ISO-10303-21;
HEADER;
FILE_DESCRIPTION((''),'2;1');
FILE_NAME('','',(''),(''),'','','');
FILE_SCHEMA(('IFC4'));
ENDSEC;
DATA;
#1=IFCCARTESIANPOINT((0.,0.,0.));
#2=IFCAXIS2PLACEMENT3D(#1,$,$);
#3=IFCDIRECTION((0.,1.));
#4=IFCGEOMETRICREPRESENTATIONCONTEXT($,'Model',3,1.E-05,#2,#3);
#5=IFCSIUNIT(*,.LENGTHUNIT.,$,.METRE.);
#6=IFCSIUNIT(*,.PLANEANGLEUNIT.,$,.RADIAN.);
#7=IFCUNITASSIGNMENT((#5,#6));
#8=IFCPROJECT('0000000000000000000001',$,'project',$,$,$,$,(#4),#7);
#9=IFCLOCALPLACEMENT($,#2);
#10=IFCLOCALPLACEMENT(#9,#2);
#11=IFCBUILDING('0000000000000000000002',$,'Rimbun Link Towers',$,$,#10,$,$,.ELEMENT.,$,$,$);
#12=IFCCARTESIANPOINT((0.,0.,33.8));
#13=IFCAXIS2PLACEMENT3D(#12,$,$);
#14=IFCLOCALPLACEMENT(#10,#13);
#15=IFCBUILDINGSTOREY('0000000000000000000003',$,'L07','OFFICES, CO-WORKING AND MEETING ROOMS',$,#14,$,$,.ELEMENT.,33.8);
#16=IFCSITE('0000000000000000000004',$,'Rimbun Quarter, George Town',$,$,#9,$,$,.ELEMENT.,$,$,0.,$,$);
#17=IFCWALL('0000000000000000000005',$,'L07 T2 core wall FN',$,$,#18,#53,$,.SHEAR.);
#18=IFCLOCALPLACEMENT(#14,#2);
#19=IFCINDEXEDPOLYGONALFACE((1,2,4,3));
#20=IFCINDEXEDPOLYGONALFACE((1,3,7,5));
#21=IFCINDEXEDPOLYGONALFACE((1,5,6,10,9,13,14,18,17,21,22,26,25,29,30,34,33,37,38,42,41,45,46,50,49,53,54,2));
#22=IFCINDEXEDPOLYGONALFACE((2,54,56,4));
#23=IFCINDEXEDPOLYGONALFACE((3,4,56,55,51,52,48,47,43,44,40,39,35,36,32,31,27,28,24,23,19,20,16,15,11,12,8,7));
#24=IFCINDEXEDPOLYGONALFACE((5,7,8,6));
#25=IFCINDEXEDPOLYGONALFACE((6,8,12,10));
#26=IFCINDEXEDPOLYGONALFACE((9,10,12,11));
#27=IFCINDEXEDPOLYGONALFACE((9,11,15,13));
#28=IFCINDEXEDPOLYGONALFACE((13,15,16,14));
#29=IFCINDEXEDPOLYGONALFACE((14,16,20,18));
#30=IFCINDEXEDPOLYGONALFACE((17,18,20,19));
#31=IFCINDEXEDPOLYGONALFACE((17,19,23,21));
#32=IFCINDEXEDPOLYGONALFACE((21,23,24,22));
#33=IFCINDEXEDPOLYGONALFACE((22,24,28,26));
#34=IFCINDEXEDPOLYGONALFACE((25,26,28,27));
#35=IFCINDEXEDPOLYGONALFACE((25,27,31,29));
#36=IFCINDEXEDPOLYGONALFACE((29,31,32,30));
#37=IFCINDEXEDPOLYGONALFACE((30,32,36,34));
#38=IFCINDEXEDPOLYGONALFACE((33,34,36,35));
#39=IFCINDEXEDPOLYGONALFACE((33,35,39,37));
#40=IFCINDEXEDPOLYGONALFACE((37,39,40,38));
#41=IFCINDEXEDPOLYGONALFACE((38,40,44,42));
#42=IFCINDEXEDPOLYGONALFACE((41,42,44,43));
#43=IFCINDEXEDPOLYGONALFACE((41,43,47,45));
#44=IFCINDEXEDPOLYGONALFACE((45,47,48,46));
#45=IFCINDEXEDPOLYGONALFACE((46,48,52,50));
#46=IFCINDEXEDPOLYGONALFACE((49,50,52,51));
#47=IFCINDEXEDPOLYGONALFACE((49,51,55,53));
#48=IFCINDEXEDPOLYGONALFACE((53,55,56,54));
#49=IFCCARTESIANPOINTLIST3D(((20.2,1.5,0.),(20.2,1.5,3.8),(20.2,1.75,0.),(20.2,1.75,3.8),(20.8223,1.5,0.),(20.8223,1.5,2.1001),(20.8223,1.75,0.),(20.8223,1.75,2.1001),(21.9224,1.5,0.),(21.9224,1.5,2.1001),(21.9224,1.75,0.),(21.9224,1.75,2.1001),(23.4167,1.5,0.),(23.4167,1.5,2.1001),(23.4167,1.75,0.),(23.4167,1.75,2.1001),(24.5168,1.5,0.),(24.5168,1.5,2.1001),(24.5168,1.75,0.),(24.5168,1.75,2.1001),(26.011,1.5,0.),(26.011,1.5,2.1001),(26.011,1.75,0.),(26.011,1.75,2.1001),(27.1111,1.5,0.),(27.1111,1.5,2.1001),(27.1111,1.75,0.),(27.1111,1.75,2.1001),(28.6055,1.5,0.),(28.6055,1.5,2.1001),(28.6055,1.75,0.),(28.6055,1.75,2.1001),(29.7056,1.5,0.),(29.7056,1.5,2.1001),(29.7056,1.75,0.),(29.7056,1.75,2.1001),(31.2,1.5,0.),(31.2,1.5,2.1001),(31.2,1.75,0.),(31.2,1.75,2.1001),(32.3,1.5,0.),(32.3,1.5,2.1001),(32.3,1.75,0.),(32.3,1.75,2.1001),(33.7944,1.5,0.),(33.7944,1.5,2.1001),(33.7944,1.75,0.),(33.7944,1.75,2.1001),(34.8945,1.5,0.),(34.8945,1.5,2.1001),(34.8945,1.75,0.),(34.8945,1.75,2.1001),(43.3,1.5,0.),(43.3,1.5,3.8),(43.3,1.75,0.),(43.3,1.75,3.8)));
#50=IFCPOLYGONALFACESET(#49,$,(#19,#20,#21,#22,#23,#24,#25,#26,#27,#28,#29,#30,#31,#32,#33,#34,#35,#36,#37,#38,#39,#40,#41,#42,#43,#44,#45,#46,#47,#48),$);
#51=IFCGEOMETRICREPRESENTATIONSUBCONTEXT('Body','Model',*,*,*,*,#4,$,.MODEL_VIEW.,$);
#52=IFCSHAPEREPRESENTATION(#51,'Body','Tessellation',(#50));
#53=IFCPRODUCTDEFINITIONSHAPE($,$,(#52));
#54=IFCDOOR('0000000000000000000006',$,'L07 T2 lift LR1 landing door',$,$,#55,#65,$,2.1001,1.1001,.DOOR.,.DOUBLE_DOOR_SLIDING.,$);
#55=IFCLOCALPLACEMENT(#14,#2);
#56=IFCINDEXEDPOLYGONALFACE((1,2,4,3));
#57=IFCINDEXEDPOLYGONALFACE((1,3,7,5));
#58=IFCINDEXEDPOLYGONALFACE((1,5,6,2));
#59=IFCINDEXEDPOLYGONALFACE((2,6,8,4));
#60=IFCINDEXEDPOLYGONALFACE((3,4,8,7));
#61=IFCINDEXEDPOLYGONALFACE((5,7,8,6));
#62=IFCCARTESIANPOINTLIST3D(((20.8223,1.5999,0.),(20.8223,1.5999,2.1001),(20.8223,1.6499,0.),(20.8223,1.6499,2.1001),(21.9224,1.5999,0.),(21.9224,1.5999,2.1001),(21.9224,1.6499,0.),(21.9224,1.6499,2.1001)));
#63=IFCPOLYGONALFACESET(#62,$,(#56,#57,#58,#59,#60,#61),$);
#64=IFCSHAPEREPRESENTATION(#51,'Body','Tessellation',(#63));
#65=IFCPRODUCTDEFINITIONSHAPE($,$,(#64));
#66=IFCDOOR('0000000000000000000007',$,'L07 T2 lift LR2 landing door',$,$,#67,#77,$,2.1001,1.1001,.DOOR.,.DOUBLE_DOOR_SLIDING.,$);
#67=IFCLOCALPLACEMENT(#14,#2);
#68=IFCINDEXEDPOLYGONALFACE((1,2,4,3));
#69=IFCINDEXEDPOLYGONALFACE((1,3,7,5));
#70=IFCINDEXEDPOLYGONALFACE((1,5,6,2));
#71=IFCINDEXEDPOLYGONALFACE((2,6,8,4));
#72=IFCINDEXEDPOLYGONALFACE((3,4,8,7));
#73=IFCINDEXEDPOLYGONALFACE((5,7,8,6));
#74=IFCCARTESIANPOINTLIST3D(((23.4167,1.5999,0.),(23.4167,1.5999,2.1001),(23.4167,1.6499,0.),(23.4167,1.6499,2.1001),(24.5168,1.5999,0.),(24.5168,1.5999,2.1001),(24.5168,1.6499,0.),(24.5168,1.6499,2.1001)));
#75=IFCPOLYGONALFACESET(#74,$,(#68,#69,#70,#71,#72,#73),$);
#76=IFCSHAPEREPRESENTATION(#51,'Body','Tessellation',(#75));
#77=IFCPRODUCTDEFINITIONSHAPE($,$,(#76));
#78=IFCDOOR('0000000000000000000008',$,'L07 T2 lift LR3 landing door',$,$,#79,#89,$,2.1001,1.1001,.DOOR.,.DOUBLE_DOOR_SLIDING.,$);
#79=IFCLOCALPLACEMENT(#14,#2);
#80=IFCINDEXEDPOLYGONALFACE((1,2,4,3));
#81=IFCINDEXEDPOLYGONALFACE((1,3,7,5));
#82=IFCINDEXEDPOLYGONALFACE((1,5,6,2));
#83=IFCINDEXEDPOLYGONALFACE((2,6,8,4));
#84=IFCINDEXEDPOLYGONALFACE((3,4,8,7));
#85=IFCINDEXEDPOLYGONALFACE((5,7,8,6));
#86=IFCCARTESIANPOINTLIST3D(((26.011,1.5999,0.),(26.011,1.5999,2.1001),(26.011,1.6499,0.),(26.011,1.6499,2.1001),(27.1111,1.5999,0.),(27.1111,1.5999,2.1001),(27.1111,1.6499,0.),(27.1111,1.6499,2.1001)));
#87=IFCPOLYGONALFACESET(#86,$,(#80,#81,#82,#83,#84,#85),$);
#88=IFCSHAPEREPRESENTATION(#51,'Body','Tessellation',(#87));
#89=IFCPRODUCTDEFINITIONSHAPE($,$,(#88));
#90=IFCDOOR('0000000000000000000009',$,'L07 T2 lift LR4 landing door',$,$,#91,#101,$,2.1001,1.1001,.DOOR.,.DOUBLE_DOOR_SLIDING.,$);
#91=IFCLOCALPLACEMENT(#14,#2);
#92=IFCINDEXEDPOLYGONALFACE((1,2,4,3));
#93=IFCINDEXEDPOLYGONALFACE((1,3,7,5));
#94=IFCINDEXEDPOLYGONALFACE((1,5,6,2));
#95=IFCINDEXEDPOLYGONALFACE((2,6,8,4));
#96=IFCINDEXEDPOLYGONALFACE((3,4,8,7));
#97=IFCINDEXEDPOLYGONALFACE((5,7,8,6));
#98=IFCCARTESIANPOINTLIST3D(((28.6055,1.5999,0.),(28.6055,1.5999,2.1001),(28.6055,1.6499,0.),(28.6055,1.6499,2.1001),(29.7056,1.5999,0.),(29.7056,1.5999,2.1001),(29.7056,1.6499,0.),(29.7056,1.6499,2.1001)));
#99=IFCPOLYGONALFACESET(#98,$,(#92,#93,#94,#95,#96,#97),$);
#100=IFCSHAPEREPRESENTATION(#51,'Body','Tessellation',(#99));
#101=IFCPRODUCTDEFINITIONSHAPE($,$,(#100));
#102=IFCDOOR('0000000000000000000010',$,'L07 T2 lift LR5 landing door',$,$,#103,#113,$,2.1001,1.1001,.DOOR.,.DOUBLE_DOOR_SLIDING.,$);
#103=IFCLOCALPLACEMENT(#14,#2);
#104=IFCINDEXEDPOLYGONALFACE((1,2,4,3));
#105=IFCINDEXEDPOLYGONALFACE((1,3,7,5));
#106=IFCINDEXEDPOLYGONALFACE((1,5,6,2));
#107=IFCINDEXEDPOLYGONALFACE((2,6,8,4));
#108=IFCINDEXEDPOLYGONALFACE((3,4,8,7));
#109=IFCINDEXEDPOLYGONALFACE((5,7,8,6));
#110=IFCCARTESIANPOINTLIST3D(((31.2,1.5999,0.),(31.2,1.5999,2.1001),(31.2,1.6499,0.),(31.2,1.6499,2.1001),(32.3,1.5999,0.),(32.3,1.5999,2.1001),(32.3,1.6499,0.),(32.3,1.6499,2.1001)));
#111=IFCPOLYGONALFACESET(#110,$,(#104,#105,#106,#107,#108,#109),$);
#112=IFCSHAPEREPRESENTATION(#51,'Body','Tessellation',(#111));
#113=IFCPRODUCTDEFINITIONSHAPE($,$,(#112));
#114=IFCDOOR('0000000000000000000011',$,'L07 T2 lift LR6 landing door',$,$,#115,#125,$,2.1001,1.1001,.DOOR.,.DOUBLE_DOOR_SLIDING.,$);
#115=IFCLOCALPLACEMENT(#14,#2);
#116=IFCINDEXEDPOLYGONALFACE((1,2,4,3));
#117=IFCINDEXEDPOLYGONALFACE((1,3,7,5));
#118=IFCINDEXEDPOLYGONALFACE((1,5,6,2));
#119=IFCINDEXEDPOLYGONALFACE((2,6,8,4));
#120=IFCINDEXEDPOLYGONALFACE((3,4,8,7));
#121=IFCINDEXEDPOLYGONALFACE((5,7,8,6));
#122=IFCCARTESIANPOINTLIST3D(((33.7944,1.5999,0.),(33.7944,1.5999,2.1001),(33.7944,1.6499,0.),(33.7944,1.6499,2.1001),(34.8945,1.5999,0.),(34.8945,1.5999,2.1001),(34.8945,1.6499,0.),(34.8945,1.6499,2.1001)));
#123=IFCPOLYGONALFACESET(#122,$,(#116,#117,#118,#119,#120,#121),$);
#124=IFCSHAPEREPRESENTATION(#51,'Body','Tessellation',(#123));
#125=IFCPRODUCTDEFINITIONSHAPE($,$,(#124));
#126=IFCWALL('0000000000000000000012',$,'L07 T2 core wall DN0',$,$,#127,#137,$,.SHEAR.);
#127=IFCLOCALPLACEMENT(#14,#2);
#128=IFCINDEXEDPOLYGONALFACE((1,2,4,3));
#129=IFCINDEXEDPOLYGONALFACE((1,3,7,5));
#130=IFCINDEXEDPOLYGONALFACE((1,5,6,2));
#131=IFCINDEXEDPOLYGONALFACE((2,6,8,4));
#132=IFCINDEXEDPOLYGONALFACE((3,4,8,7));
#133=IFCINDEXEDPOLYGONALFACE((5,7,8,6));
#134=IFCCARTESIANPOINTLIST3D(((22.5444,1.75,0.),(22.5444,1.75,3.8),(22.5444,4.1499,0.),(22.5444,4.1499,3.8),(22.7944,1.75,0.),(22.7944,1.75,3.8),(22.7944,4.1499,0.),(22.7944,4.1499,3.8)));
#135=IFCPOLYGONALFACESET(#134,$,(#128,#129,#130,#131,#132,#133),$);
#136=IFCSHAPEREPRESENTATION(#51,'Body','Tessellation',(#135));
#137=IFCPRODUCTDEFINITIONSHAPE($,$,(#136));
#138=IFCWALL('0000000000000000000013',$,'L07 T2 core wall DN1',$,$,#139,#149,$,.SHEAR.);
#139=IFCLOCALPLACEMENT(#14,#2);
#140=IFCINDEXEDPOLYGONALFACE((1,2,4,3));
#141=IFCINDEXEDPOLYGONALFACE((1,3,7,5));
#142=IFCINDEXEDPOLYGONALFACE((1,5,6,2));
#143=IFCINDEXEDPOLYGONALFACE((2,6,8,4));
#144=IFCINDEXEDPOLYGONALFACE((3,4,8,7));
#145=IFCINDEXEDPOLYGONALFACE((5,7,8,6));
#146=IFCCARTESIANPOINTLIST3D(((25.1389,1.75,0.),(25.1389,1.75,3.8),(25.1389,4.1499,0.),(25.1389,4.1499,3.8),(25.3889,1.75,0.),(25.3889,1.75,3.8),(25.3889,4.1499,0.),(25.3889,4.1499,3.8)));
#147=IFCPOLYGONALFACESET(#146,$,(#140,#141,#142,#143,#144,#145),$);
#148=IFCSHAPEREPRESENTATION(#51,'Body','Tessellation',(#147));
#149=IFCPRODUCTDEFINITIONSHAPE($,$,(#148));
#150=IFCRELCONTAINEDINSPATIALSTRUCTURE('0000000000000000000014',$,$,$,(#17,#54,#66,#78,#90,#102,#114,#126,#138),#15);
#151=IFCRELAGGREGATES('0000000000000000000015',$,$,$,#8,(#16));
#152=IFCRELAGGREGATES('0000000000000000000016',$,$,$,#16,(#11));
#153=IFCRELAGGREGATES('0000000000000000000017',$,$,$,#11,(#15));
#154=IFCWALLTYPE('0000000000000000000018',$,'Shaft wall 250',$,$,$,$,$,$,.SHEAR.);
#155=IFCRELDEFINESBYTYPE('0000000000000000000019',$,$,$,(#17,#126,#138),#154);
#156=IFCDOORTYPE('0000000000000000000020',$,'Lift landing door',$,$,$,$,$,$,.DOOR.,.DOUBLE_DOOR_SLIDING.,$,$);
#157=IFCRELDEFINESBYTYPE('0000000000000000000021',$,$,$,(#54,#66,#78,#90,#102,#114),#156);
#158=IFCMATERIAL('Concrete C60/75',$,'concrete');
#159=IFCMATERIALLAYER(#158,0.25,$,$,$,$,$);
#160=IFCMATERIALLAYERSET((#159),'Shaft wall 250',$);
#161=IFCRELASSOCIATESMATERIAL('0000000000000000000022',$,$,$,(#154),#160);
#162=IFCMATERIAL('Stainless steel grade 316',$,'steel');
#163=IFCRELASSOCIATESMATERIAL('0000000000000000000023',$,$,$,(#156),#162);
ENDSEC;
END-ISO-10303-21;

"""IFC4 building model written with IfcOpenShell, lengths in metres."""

from ifc_helpers import new_model, si_unit, direction, frame, frame_2d, origin, place, context, subcontext, project, spatial, rectangle, extrude, material, layer, layer_set, type_object, element, fill, save


model = new_model("IFC4")

# Units and contexts
model_context = context("Model", 3, precision=1e-05, world=origin(), true_north=direction((0.0, 1.0)))
body_context = subcontext(model_context, "Body", "Model", "MODEL_VIEW")
ifc_project = project(units=[si_unit("LENGTHUNIT", "METRE"), si_unit("PLANEANGLEUNIT", "RADIAN")], contexts=[model_context])

# Site, building, storey
site_placement = place(None, origin())
site = spatial("IfcSite", under=ifc_project, at=site_placement, Name="Rimbun Quarter, George Town", CompositionType="ELEMENT", RefElevation=0.0)
building_placement = place(site_placement, origin())
building = spatial("IfcBuilding", under=site, at=building_placement, Name="Rimbun Link Towers", CompositionType="ELEMENT")
storey_placement = place(building_placement, frame((0.0, 0.0, 33.8)))
storey = spatial("IfcBuildingStorey", under=building, at=storey_placement, Name="L07", Description="OFFICES, CO-WORKING AND MEETING ROOMS", CompositionType="ELEMENT", Elevation=33.8)

# Shared definitions
ifc_material_1 = material(Name="Concrete C60/75", Category="concrete")
ifc_layer_1 = layer(ifc_material_1, 0.25)
ifc_layer_set_1 = layer_set([ifc_layer_1], Name="Shaft wall 250")
wall_type_1 = type_object("IfcWallType", Name="Shaft wall 250", PredefinedType="SHEAR", material=ifc_layer_set_1)

# Wall, openings, doors
wall_1_placement = place(storey_placement, frame((20.2, 1.625, 0.0), z_axis=(0.0, 0.0, 1.0), x_axis=(1.0, 0.0, 0.0)))
wall_1 = element("IfcWall", 1, at=wall_1_placement, inside=storey, type_object=wall_type_1, Name="L07 T2 core wall FN", PredefinedType="SHEAR", context=body_context, shape_type="SweptSolid", body=[
    extrude(rectangle(XDim=23.1001, YDim=0.25, at=frame_2d((11.55, 0.0))), origin(), (0.0, 0.0, 1.0), 3.8),
])
opening_1_placement = place(wall_1_placement, frame((0.6223, 0.0, 0.0)))
opening_1 = element("IfcOpeningElement", 2, at=opening_1_placement, cuts=wall_1, PredefinedType="OPENING", context=body_context, shape_type="SweptSolid", body=[
    extrude(rectangle(XDim=1.1001, YDim=2.1001, at=frame_2d((0.55, 1.05))), frame((0.0, 0.135, 0.0), z_axis=(0.0, -1.0, 0.0), x_axis=(1.0, 0.0, 0.0)), (0.0, 0.0, 1.0), 0.27),
])
opening_2_placement = place(wall_1_placement, frame((3.2168, 0.0, 0.0)))
opening_2 = element("IfcOpeningElement", 3, at=opening_2_placement, cuts=wall_1, PredefinedType="OPENING", context=body_context, shape_type="SweptSolid", body=[
    extrude(rectangle(XDim=1.1001, YDim=2.1001, at=frame_2d((0.55, 1.05))), frame((0.0, 0.135, 0.0), z_axis=(0.0, -1.0, 0.0), x_axis=(1.0, 0.0, 0.0)), (0.0, 0.0, 1.0), 0.27),
])
opening_3_placement = place(wall_1_placement, frame((5.811, 0.0, 0.0)))
opening_3 = element("IfcOpeningElement", 4, at=opening_3_placement, cuts=wall_1, PredefinedType="OPENING", context=body_context, shape_type="SweptSolid", body=[
    extrude(rectangle(XDim=1.1001, YDim=2.1001, at=frame_2d((0.55, 1.05))), frame((0.0, 0.135, 0.0), z_axis=(0.0, -1.0, 0.0), x_axis=(1.0, 0.0, 0.0)), (0.0, 0.0, 1.0), 0.27),
])
opening_4_placement = place(wall_1_placement, frame((8.4055, 0.0, 0.0)))
opening_4 = element("IfcOpeningElement", 5, at=opening_4_placement, cuts=wall_1, PredefinedType="OPENING", context=body_context, shape_type="SweptSolid", body=[
    extrude(rectangle(XDim=1.1001, YDim=2.1001, at=frame_2d((0.55, 1.05))), frame((0.0, 0.135, 0.0), z_axis=(0.0, -1.0, 0.0), x_axis=(1.0, 0.0, 0.0)), (0.0, 0.0, 1.0), 0.27),
])
opening_5_placement = place(wall_1_placement, frame((11.0, 0.0, 0.0)))
opening_5 = element("IfcOpeningElement", 6, at=opening_5_placement, cuts=wall_1, PredefinedType="OPENING", context=body_context, shape_type="SweptSolid", body=[
    extrude(rectangle(XDim=1.1001, YDim=2.1001, at=frame_2d((0.55, 1.05))), frame((0.0, 0.135, 0.0), z_axis=(0.0, -1.0, 0.0), x_axis=(1.0, 0.0, 0.0)), (0.0, 0.0, 1.0), 0.27),
])
opening_6_placement = place(wall_1_placement, frame((13.5945, 0.0, 0.0)))
opening_6 = element("IfcOpeningElement", 7, at=opening_6_placement, cuts=wall_1, PredefinedType="OPENING", context=body_context, shape_type="SweptSolid", body=[
    extrude(rectangle(XDim=1.1001, YDim=2.1001, at=frame_2d((0.55, 1.05))), frame((0.0, 0.135, 0.0), z_axis=(0.0, -1.0, 0.0), x_axis=(1.0, 0.0, 0.0)), (0.0, 0.0, 1.0), 0.27),
])
ifc_material_2 = material(Name="Stainless steel grade 316", Category="steel")
door_type_1 = type_object("IfcDoorType", Name="Lift landing door", OperationType="DOUBLE_DOOR_SLIDING", PredefinedType="DOOR", material=ifc_material_2)
door_1_placement = place(opening_1_placement, origin())
door_1 = element("IfcDoor", 8, at=door_1_placement, inside=storey, type_object=door_type_1, Name="L07 T2 lift LR1 landing door", OperationType="DOUBLE_DOOR_SLIDING", OverallHeight=2.1001, OverallWidth=1.1001, PredefinedType="DOOR", context=body_context, shape_type="SweptSolid", body=[
    extrude(rectangle(XDim=1.1001, YDim=2.1001, at=frame_2d((0.55, 1.05))), frame((0.0, 0.0249, 0.0), z_axis=(0.0, -1.0, 0.0), x_axis=(1.0, 0.0, 0.0)), (0.0, 0.0, 1.0), 0.05),
])
fill(opening_1, door_1)
door_2_placement = place(opening_2_placement, origin())
door_2 = element("IfcDoor", 9, at=door_2_placement, inside=storey, type_object=door_type_1, Name="L07 T2 lift LR2 landing door", OperationType="DOUBLE_DOOR_SLIDING", OverallHeight=2.1001, OverallWidth=1.1001, PredefinedType="DOOR", context=body_context, shape_type="SweptSolid", body=[
    extrude(rectangle(XDim=1.1001, YDim=2.1001, at=frame_2d((0.55, 1.05))), frame((0.0, 0.0249, 0.0), z_axis=(0.0, -1.0, 0.0), x_axis=(1.0, 0.0, 0.0)), (0.0, 0.0, 1.0), 0.05),
])
fill(opening_2, door_2)
door_3_placement = place(opening_3_placement, origin())
door_3 = element("IfcDoor", 10, at=door_3_placement, inside=storey, type_object=door_type_1, Name="L07 T2 lift LR3 landing door", OperationType="DOUBLE_DOOR_SLIDING", OverallHeight=2.1001, OverallWidth=1.1001, PredefinedType="DOOR", context=body_context, shape_type="SweptSolid", body=[
    extrude(rectangle(XDim=1.1001, YDim=2.1001, at=frame_2d((0.55, 1.05))), frame((0.0, 0.0249, 0.0), z_axis=(0.0, -1.0, 0.0), x_axis=(1.0, 0.0, 0.0)), (0.0, 0.0, 1.0), 0.05),
])
fill(opening_3, door_3)
door_4_placement = place(opening_4_placement, origin())
door_4 = element("IfcDoor", 11, at=door_4_placement, inside=storey, type_object=door_type_1, Name="L07 T2 lift LR4 landing door", OperationType="DOUBLE_DOOR_SLIDING", OverallHeight=2.1001, OverallWidth=1.1001, PredefinedType="DOOR", context=body_context, shape_type="SweptSolid", body=[
    extrude(rectangle(XDim=1.1001, YDim=2.1001, at=frame_2d((0.55, 1.05))), frame((0.0, 0.0249, 0.0), z_axis=(0.0, -1.0, 0.0), x_axis=(1.0, 0.0, 0.0)), (0.0, 0.0, 1.0), 0.05),
])
fill(opening_4, door_4)
door_5_placement = place(opening_5_placement, origin())
door_5 = element("IfcDoor", 12, at=door_5_placement, inside=storey, type_object=door_type_1, Name="L07 T2 lift LR5 landing door", OperationType="DOUBLE_DOOR_SLIDING", OverallHeight=2.1001, OverallWidth=1.1001, PredefinedType="DOOR", context=body_context, shape_type="SweptSolid", body=[
    extrude(rectangle(XDim=1.1001, YDim=2.1001, at=frame_2d((0.55, 1.05))), frame((0.0, 0.0249, 0.0), z_axis=(0.0, -1.0, 0.0), x_axis=(1.0, 0.0, 0.0)), (0.0, 0.0, 1.0), 0.05),
])
fill(opening_5, door_5)
door_6_placement = place(opening_6_placement, origin())
door_6 = element("IfcDoor", 13, at=door_6_placement, inside=storey, type_object=door_type_1, Name="L07 T2 lift LR6 landing door", OperationType="DOUBLE_DOOR_SLIDING", OverallHeight=2.1001, OverallWidth=1.1001, PredefinedType="DOOR", context=body_context, shape_type="SweptSolid", body=[
    extrude(rectangle(XDim=1.1001, YDim=2.1001, at=frame_2d((0.55, 1.05))), frame((0.0, 0.0249, 0.0), z_axis=(0.0, -1.0, 0.0), x_axis=(1.0, 0.0, 0.0)), (0.0, 0.0, 1.0), 0.05),
])
fill(opening_6, door_6)

# Walls
for number, where, z_axis, x_axis, name in (
    (14, (22.6694, 1.75, 0.0), (0.0, 0.0, 1.0), (0.0, 1.0, 0.0), "L07 T2 core wall DN0"),
    (15, (25.2639, 1.75, 0.0), (0.0, 0.0, 1.0), (0.0, 1.0, 0.0), "L07 T2 core wall DN1"),
):
    element("IfcWall", number, at=place(storey_placement, frame(where, z_axis=z_axis, x_axis=x_axis)), inside=storey, type_object=wall_type_1, Name=name, PredefinedType="SHEAR", context=body_context, shape_type="SweptSolid", body=[
        extrude(rectangle(XDim=2.3999, YDim=0.25, at=frame_2d((1.2, 0.0))), origin(), (0.0, 0.0, 1.0), 3.8),
    ])

save(model, "model.ifc")
